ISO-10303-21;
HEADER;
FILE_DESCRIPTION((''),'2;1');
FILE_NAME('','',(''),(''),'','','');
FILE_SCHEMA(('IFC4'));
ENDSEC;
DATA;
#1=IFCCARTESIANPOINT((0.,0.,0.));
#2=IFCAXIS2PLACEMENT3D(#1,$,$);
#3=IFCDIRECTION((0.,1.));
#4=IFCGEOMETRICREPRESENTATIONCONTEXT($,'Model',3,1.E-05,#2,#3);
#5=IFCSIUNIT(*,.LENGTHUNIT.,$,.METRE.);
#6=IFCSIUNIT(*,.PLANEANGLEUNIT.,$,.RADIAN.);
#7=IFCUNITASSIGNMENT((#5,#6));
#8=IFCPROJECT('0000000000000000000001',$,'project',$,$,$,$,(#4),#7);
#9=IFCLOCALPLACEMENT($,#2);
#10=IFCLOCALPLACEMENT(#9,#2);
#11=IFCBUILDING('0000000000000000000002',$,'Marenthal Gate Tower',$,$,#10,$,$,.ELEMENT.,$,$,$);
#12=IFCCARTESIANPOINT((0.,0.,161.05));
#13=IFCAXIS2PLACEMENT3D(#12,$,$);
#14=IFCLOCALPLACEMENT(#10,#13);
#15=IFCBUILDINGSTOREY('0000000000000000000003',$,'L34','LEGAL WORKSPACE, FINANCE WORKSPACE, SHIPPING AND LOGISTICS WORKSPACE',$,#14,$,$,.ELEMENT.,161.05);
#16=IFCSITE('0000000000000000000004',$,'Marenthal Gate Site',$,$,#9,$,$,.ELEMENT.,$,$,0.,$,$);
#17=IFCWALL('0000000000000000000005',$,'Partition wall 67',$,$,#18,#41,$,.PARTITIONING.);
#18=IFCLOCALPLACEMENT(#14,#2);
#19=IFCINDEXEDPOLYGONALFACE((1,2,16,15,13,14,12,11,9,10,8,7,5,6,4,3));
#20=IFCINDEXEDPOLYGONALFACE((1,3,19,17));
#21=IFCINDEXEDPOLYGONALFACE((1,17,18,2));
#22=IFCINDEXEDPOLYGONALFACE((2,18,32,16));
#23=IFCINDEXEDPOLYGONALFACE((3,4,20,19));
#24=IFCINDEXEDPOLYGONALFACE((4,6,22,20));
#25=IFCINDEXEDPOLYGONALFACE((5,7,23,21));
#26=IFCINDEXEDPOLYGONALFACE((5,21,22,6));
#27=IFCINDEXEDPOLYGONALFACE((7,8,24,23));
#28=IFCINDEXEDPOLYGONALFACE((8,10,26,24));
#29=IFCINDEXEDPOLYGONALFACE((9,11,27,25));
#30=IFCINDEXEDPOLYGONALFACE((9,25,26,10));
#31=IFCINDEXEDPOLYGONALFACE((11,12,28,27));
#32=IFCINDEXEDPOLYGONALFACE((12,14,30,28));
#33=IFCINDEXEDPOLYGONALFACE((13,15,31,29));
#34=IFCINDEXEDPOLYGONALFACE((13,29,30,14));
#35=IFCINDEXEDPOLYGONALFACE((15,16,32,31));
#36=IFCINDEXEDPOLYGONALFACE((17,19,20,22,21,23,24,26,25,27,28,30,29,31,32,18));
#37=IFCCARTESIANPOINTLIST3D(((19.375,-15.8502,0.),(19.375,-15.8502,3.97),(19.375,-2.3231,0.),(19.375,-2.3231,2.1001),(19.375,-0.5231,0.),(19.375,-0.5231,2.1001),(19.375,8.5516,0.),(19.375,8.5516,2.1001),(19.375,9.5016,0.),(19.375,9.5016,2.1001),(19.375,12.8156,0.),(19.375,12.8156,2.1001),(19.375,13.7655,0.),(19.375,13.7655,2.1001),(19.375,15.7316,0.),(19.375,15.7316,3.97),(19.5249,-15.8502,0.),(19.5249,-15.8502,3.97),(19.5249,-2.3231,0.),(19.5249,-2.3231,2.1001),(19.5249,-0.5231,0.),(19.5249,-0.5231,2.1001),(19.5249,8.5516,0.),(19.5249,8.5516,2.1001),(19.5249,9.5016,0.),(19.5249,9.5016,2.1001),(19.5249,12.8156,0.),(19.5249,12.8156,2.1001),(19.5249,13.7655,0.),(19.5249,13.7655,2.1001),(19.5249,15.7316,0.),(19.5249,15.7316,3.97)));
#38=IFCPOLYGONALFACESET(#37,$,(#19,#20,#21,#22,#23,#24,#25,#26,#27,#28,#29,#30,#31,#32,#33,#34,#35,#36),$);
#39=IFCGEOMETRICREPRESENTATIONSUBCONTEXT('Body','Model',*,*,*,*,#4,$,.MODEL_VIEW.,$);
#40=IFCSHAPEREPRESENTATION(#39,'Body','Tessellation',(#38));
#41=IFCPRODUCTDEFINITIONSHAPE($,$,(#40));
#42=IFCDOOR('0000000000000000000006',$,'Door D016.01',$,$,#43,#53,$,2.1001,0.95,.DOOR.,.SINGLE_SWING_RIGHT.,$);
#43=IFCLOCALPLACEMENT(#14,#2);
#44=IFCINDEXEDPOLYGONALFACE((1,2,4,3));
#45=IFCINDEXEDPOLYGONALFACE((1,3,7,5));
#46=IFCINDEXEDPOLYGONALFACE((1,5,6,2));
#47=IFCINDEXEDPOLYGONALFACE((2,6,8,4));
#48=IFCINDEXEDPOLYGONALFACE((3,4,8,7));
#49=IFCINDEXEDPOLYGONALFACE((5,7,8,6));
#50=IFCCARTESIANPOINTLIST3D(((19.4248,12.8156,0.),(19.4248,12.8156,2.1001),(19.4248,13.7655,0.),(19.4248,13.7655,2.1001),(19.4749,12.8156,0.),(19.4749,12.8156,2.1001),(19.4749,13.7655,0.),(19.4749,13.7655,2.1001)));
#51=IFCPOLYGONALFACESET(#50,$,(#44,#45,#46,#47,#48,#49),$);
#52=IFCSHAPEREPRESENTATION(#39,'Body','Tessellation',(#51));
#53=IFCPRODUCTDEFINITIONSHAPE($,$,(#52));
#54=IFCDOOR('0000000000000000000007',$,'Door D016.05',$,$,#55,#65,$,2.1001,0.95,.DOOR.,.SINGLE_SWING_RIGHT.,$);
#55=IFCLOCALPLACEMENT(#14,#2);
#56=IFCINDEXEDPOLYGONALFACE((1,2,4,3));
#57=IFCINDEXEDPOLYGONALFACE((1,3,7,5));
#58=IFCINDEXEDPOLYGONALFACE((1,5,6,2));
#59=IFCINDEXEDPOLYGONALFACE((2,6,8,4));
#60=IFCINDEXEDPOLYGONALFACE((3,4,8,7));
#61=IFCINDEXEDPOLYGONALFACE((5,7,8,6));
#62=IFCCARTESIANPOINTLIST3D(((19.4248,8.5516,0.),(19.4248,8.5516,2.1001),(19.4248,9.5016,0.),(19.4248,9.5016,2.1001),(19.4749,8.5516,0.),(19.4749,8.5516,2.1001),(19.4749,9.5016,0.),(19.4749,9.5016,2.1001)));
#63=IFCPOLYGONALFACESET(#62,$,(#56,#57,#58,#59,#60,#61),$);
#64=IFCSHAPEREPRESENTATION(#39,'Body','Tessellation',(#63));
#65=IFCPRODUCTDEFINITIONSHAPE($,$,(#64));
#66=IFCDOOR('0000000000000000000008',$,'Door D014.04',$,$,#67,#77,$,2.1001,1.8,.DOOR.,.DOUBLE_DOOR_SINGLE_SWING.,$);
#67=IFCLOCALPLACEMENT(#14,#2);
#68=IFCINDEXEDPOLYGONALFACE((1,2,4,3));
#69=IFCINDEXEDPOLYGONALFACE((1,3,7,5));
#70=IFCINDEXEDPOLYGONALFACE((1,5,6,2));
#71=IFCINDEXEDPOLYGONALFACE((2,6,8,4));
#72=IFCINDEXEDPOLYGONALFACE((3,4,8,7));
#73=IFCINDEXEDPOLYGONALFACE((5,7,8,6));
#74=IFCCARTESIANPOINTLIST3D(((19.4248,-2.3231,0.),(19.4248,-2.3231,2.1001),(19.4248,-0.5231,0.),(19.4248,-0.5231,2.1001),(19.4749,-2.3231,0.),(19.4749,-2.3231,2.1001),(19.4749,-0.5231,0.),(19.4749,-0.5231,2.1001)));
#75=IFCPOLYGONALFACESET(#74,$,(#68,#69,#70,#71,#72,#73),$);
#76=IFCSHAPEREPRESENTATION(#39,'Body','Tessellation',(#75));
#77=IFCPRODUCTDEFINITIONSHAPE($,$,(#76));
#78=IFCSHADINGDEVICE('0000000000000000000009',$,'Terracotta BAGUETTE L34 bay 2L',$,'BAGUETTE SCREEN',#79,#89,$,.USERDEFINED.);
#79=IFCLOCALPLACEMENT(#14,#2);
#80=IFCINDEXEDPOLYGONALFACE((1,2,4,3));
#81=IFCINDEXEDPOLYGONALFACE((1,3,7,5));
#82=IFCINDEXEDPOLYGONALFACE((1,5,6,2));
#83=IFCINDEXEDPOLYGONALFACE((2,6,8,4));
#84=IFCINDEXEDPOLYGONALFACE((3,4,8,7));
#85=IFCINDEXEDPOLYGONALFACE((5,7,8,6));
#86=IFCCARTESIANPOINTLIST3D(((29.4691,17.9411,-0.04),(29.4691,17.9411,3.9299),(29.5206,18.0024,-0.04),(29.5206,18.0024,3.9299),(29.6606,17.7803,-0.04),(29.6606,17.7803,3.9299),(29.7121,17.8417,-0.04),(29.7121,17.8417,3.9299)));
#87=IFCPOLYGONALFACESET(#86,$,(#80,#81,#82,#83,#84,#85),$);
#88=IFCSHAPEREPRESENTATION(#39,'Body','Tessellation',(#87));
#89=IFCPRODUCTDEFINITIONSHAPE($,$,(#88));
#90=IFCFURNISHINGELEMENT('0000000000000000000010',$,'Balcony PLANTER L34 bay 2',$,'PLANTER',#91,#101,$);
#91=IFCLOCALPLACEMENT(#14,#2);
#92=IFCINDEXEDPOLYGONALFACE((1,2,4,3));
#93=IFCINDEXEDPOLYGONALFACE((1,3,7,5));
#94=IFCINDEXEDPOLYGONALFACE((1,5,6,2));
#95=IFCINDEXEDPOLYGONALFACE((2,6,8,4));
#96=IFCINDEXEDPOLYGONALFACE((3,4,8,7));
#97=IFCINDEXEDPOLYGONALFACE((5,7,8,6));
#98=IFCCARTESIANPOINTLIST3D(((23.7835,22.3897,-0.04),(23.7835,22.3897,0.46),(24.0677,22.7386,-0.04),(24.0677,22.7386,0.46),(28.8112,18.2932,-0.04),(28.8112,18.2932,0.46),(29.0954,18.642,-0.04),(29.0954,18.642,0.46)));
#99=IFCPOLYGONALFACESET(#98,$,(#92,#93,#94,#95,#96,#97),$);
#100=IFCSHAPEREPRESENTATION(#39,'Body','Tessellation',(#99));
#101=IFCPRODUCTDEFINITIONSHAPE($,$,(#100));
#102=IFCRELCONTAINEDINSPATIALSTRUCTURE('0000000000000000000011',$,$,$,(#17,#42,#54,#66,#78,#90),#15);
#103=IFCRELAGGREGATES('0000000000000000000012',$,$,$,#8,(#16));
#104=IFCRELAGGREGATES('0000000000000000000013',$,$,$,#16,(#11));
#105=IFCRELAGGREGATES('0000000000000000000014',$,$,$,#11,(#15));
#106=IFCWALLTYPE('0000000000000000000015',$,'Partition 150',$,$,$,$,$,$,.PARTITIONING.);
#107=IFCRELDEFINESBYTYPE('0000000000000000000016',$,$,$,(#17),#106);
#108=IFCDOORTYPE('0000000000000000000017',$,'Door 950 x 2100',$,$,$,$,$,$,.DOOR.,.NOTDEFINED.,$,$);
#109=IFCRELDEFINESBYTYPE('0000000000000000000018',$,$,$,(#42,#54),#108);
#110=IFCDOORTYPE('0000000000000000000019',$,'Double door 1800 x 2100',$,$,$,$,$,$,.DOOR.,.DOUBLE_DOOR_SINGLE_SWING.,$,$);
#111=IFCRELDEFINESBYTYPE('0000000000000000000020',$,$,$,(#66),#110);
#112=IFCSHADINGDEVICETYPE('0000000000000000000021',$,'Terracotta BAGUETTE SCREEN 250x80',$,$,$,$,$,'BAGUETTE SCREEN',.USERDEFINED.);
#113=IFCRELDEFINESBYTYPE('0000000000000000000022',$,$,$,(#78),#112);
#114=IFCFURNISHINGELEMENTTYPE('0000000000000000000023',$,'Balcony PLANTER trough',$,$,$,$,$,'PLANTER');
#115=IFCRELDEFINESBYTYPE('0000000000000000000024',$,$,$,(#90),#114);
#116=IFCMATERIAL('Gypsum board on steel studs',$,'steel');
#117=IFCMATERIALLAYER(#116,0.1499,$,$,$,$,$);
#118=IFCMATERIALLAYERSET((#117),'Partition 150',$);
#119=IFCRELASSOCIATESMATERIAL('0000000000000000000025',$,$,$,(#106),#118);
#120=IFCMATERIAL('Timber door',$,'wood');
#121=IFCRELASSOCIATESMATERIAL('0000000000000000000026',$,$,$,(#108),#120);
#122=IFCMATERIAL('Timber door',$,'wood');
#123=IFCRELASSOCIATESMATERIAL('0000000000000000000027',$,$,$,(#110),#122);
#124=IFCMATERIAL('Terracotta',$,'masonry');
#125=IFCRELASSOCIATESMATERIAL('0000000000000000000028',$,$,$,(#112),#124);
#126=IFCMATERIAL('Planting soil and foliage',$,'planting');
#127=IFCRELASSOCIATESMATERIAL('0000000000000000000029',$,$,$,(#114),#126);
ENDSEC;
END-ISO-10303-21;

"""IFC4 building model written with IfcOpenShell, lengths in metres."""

from ifc_helpers import new_model, si_unit, direction, frame, frame_2d, origin, origin_2d, place, context, subcontext, project, spatial, rectangle, extrude, material, layer, layer_set, material_profile, profile_set, type_object, element, fill, save


model = new_model("IFC4")

# Units and contexts
model_context = context("Model", 3, precision=1e-05, world=origin(), true_north=direction((0.0, 1.0)))
body_context = subcontext(model_context, "Body", "Model", "MODEL_VIEW")
ifc_project = project(units=[si_unit("LENGTHUNIT", "METRE"), si_unit("PLANEANGLEUNIT", "RADIAN")], contexts=[model_context])

# Site, building, storey
site_placement = place(None, origin())
site = spatial("IfcSite", under=ifc_project, at=site_placement, Name="Marenthal Gate Site", CompositionType="ELEMENT", RefElevation=0.0)
building_placement = place(site_placement, origin())
building = spatial("IfcBuilding", under=site, at=building_placement, Name="Marenthal Gate Tower", CompositionType="ELEMENT")
storey_placement = place(building_placement, frame((0.0, 0.0, 161.05)))
storey = spatial("IfcBuildingStorey", under=building, at=storey_placement, Name="L34", Description="LEGAL WORKSPACE, FINANCE WORKSPACE, SHIPPING AND LOGISTICS WORKSPACE", CompositionType="ELEMENT", Elevation=161.05)

# Wall, openings, doors
ifc_material_1 = material(Name="Gypsum board on steel studs", Category="steel")
ifc_layer_1 = layer(ifc_material_1, 0.1499)
ifc_layer_set_1 = layer_set([ifc_layer_1], Name="Partition 150")
wall_type_1 = type_object("IfcWallType", Name="Partition 150", PredefinedType="PARTITIONING", material=ifc_layer_set_1)
wall_1_placement = place(storey_placement, frame((19.45, 15.7317, 0.0), z_axis=(0.0, 0.0, 1.0), x_axis=(0.0, -1.0, 0.0)))
wall_1 = element("IfcWall", 1, at=wall_1_placement, inside=storey, type_object=wall_type_1, Name="Partition wall 67", PredefinedType="PARTITIONING", context=body_context, shape_type="SweptSolid", body=[
    extrude(rectangle(XDim=31.5818, YDim=0.1499, at=frame_2d((15.791, 0.0))), origin(), (0.0, 0.0, 1.0), 3.97),
])
opening_1_placement = place(wall_1_placement, frame((1.9661, 0.0, 0.0)))
opening_1 = element("IfcOpeningElement", 2, at=opening_1_placement, cuts=wall_1, PredefinedType="OPENING", context=body_context, shape_type="SweptSolid", body=[
    extrude(rectangle(XDim=0.95, YDim=2.1001, at=frame_2d((0.4751, 1.05))), frame((0.0, 0.085, 0.0), z_axis=(0.0, -1.0, 0.0), x_axis=(1.0, 0.0, 0.0)), (0.0, 0.0, 1.0), 0.1699),
])
opening_2_placement = place(wall_1_placement, frame((6.23, 0.0, 0.0)))
opening_2 = element("IfcOpeningElement", 3, at=opening_2_placement, cuts=wall_1, PredefinedType="OPENING", context=body_context, shape_type="SweptSolid", body=[
    extrude(rectangle(XDim=0.95, YDim=2.1001, at=frame_2d((0.4751, 1.05))), frame((0.0, 0.085, 0.0), z_axis=(0.0, -1.0, 0.0), x_axis=(1.0, 0.0, 0.0)), (0.0, 0.0, 1.0), 0.1699),
])
opening_3_placement = place(wall_1_placement, frame((16.2549, 0.0, 0.0)))
opening_3 = element("IfcOpeningElement", 4, at=opening_3_placement, cuts=wall_1, PredefinedType="OPENING", context=body_context, shape_type="SweptSolid", body=[
    extrude(rectangle(XDim=1.8, YDim=2.1001, at=frame_2d((0.8999, 1.05))), frame((0.0, 0.085, 0.0), z_axis=(0.0, -1.0, 0.0), x_axis=(1.0, 0.0, 0.0)), (0.0, 0.0, 1.0), 0.1699),
])
ifc_material_2 = material(Name="Timber door", Category="wood")
door_type_1 = type_object("IfcDoorType", Name="Door 950 x 2100", OperationType="NOTDEFINED", PredefinedType="DOOR", material=ifc_material_2)
door_1_placement = place(opening_1_placement, origin())
door_1 = element("IfcDoor", 5, at=door_1_placement, inside=storey, type_object=door_type_1, Name="Door D016.01", OperationType="SINGLE_SWING_RIGHT", OverallHeight=2.1001, OverallWidth=0.95, PredefinedType="DOOR", context=body_context, shape_type="SweptSolid", body=[
    extrude(rectangle(XDim=0.95, YDim=2.1001, at=frame_2d((0.4751, 1.05))), frame((0.0, 0.0249, 0.0), z_axis=(0.0, -1.0, 0.0), x_axis=(1.0, 0.0, 0.0)), (0.0, 0.0, 1.0), 0.05),
])
fill(opening_1, door_1)
door_2_placement = place(opening_2_placement, origin())
door_2 = element("IfcDoor", 6, at=door_2_placement, inside=storey, type_object=door_type_1, Name="Door D016.05", OperationType="SINGLE_SWING_RIGHT", OverallHeight=2.1001, OverallWidth=0.95, PredefinedType="DOOR", context=body_context, shape_type="SweptSolid", body=[
    extrude(rectangle(XDim=0.95, YDim=2.1001, at=frame_2d((0.4751, 1.05))), frame((0.0, 0.0249, 0.0), z_axis=(0.0, -1.0, 0.0), x_axis=(1.0, 0.0, 0.0)), (0.0, 0.0, 1.0), 0.05),
])
fill(opening_2, door_2)
ifc_material_3 = material(Name="Timber door", Category="wood")
door_type_2 = type_object("IfcDoorType", Name="Double door 1800 x 2100", OperationType="DOUBLE_DOOR_SINGLE_SWING", PredefinedType="DOOR", material=ifc_material_3)
door_3_placement = place(opening_3_placement, origin())
door_3 = element("IfcDoor", 7, at=door_3_placement, inside=storey, type_object=door_type_2, Name="Door D014.04", OperationType="DOUBLE_DOOR_SINGLE_SWING", OverallHeight=2.1001, OverallWidth=1.8, PredefinedType="DOOR", context=body_context, shape_type="SweptSolid", body=[
    extrude(rectangle(XDim=1.8, YDim=2.1001, at=frame_2d((0.8999, 1.05))), frame((0.0, 0.0249, 0.0), z_axis=(0.0, -1.0, 0.0), x_axis=(1.0, 0.0, 0.0)), (0.0, 0.0, 1.0), 0.05),
])
fill(opening_3, door_3)

# Shading device
ifc_material_4 = material(Name="Terracotta", Category="masonry")
ifc_material_profile_1 = material_profile(ifc_material_4, rectangle(XDim=0.25, YDim=0.0801, at=origin_2d()), Name="Terracotta baguette 250x80")
ifc_profile_set_1 = profile_set([ifc_material_profile_1], Name="Terracotta")
shading_device_type = type_object("IfcShadingDeviceType", Name="Terracotta BAGUETTE SCREEN 250x80", ElementType="BAGUETTE SCREEN", PredefinedType="USERDEFINED", material=ifc_profile_set_1)
shading_device_placement = place(storey_placement, frame((29.5906, 17.8914, -0.04), z_axis=(0.0, 0.0, 1.0), x_axis=(-0.765921, 0.642935, 0.0)))
element("IfcShadingDevice", 8, at=shading_device_placement, inside=storey, type_object=shading_device_type, Name="Terracotta BAGUETTE L34 bay 2L", ObjectType="BAGUETTE SCREEN", PredefinedType="USERDEFINED", context=body_context, shape_type="SweptSolid", body=[
    extrude(rectangle(XDim=0.25, YDim=0.0801, at=origin_2d()), origin(), (0.0, 0.0, 1.0), 3.97),
])

# Furnishing element
ifc_material_5 = material(Name="Planting soil and foliage", Category="planting")
furnishing_element_type = type_object("IfcFurnishingElementType", Name="Balcony PLANTER trough", ElementType="PLANTER", material=ifc_material_5)
furnishing_placement = place(storey_placement, frame((26.4395, 20.5159, -0.04), z_axis=(0.0, 0.0, 1.0), x_axis=(-0.77524, 0.631667, 0.0)))
element("IfcFurnishingElement", 9, at=furnishing_placement, inside=storey, type_object=furnishing_element_type, Name="Balcony PLANTER L34 bay 2", ObjectType="PLANTER", context=body_context, shape_type="SweptSolid", body=[
    extrude(rectangle(XDim=6.4854, YDim=0.45, at=origin_2d()), origin(), (0.0, 0.0, 1.0), 0.5),
])

save(model, "model.ifc")
